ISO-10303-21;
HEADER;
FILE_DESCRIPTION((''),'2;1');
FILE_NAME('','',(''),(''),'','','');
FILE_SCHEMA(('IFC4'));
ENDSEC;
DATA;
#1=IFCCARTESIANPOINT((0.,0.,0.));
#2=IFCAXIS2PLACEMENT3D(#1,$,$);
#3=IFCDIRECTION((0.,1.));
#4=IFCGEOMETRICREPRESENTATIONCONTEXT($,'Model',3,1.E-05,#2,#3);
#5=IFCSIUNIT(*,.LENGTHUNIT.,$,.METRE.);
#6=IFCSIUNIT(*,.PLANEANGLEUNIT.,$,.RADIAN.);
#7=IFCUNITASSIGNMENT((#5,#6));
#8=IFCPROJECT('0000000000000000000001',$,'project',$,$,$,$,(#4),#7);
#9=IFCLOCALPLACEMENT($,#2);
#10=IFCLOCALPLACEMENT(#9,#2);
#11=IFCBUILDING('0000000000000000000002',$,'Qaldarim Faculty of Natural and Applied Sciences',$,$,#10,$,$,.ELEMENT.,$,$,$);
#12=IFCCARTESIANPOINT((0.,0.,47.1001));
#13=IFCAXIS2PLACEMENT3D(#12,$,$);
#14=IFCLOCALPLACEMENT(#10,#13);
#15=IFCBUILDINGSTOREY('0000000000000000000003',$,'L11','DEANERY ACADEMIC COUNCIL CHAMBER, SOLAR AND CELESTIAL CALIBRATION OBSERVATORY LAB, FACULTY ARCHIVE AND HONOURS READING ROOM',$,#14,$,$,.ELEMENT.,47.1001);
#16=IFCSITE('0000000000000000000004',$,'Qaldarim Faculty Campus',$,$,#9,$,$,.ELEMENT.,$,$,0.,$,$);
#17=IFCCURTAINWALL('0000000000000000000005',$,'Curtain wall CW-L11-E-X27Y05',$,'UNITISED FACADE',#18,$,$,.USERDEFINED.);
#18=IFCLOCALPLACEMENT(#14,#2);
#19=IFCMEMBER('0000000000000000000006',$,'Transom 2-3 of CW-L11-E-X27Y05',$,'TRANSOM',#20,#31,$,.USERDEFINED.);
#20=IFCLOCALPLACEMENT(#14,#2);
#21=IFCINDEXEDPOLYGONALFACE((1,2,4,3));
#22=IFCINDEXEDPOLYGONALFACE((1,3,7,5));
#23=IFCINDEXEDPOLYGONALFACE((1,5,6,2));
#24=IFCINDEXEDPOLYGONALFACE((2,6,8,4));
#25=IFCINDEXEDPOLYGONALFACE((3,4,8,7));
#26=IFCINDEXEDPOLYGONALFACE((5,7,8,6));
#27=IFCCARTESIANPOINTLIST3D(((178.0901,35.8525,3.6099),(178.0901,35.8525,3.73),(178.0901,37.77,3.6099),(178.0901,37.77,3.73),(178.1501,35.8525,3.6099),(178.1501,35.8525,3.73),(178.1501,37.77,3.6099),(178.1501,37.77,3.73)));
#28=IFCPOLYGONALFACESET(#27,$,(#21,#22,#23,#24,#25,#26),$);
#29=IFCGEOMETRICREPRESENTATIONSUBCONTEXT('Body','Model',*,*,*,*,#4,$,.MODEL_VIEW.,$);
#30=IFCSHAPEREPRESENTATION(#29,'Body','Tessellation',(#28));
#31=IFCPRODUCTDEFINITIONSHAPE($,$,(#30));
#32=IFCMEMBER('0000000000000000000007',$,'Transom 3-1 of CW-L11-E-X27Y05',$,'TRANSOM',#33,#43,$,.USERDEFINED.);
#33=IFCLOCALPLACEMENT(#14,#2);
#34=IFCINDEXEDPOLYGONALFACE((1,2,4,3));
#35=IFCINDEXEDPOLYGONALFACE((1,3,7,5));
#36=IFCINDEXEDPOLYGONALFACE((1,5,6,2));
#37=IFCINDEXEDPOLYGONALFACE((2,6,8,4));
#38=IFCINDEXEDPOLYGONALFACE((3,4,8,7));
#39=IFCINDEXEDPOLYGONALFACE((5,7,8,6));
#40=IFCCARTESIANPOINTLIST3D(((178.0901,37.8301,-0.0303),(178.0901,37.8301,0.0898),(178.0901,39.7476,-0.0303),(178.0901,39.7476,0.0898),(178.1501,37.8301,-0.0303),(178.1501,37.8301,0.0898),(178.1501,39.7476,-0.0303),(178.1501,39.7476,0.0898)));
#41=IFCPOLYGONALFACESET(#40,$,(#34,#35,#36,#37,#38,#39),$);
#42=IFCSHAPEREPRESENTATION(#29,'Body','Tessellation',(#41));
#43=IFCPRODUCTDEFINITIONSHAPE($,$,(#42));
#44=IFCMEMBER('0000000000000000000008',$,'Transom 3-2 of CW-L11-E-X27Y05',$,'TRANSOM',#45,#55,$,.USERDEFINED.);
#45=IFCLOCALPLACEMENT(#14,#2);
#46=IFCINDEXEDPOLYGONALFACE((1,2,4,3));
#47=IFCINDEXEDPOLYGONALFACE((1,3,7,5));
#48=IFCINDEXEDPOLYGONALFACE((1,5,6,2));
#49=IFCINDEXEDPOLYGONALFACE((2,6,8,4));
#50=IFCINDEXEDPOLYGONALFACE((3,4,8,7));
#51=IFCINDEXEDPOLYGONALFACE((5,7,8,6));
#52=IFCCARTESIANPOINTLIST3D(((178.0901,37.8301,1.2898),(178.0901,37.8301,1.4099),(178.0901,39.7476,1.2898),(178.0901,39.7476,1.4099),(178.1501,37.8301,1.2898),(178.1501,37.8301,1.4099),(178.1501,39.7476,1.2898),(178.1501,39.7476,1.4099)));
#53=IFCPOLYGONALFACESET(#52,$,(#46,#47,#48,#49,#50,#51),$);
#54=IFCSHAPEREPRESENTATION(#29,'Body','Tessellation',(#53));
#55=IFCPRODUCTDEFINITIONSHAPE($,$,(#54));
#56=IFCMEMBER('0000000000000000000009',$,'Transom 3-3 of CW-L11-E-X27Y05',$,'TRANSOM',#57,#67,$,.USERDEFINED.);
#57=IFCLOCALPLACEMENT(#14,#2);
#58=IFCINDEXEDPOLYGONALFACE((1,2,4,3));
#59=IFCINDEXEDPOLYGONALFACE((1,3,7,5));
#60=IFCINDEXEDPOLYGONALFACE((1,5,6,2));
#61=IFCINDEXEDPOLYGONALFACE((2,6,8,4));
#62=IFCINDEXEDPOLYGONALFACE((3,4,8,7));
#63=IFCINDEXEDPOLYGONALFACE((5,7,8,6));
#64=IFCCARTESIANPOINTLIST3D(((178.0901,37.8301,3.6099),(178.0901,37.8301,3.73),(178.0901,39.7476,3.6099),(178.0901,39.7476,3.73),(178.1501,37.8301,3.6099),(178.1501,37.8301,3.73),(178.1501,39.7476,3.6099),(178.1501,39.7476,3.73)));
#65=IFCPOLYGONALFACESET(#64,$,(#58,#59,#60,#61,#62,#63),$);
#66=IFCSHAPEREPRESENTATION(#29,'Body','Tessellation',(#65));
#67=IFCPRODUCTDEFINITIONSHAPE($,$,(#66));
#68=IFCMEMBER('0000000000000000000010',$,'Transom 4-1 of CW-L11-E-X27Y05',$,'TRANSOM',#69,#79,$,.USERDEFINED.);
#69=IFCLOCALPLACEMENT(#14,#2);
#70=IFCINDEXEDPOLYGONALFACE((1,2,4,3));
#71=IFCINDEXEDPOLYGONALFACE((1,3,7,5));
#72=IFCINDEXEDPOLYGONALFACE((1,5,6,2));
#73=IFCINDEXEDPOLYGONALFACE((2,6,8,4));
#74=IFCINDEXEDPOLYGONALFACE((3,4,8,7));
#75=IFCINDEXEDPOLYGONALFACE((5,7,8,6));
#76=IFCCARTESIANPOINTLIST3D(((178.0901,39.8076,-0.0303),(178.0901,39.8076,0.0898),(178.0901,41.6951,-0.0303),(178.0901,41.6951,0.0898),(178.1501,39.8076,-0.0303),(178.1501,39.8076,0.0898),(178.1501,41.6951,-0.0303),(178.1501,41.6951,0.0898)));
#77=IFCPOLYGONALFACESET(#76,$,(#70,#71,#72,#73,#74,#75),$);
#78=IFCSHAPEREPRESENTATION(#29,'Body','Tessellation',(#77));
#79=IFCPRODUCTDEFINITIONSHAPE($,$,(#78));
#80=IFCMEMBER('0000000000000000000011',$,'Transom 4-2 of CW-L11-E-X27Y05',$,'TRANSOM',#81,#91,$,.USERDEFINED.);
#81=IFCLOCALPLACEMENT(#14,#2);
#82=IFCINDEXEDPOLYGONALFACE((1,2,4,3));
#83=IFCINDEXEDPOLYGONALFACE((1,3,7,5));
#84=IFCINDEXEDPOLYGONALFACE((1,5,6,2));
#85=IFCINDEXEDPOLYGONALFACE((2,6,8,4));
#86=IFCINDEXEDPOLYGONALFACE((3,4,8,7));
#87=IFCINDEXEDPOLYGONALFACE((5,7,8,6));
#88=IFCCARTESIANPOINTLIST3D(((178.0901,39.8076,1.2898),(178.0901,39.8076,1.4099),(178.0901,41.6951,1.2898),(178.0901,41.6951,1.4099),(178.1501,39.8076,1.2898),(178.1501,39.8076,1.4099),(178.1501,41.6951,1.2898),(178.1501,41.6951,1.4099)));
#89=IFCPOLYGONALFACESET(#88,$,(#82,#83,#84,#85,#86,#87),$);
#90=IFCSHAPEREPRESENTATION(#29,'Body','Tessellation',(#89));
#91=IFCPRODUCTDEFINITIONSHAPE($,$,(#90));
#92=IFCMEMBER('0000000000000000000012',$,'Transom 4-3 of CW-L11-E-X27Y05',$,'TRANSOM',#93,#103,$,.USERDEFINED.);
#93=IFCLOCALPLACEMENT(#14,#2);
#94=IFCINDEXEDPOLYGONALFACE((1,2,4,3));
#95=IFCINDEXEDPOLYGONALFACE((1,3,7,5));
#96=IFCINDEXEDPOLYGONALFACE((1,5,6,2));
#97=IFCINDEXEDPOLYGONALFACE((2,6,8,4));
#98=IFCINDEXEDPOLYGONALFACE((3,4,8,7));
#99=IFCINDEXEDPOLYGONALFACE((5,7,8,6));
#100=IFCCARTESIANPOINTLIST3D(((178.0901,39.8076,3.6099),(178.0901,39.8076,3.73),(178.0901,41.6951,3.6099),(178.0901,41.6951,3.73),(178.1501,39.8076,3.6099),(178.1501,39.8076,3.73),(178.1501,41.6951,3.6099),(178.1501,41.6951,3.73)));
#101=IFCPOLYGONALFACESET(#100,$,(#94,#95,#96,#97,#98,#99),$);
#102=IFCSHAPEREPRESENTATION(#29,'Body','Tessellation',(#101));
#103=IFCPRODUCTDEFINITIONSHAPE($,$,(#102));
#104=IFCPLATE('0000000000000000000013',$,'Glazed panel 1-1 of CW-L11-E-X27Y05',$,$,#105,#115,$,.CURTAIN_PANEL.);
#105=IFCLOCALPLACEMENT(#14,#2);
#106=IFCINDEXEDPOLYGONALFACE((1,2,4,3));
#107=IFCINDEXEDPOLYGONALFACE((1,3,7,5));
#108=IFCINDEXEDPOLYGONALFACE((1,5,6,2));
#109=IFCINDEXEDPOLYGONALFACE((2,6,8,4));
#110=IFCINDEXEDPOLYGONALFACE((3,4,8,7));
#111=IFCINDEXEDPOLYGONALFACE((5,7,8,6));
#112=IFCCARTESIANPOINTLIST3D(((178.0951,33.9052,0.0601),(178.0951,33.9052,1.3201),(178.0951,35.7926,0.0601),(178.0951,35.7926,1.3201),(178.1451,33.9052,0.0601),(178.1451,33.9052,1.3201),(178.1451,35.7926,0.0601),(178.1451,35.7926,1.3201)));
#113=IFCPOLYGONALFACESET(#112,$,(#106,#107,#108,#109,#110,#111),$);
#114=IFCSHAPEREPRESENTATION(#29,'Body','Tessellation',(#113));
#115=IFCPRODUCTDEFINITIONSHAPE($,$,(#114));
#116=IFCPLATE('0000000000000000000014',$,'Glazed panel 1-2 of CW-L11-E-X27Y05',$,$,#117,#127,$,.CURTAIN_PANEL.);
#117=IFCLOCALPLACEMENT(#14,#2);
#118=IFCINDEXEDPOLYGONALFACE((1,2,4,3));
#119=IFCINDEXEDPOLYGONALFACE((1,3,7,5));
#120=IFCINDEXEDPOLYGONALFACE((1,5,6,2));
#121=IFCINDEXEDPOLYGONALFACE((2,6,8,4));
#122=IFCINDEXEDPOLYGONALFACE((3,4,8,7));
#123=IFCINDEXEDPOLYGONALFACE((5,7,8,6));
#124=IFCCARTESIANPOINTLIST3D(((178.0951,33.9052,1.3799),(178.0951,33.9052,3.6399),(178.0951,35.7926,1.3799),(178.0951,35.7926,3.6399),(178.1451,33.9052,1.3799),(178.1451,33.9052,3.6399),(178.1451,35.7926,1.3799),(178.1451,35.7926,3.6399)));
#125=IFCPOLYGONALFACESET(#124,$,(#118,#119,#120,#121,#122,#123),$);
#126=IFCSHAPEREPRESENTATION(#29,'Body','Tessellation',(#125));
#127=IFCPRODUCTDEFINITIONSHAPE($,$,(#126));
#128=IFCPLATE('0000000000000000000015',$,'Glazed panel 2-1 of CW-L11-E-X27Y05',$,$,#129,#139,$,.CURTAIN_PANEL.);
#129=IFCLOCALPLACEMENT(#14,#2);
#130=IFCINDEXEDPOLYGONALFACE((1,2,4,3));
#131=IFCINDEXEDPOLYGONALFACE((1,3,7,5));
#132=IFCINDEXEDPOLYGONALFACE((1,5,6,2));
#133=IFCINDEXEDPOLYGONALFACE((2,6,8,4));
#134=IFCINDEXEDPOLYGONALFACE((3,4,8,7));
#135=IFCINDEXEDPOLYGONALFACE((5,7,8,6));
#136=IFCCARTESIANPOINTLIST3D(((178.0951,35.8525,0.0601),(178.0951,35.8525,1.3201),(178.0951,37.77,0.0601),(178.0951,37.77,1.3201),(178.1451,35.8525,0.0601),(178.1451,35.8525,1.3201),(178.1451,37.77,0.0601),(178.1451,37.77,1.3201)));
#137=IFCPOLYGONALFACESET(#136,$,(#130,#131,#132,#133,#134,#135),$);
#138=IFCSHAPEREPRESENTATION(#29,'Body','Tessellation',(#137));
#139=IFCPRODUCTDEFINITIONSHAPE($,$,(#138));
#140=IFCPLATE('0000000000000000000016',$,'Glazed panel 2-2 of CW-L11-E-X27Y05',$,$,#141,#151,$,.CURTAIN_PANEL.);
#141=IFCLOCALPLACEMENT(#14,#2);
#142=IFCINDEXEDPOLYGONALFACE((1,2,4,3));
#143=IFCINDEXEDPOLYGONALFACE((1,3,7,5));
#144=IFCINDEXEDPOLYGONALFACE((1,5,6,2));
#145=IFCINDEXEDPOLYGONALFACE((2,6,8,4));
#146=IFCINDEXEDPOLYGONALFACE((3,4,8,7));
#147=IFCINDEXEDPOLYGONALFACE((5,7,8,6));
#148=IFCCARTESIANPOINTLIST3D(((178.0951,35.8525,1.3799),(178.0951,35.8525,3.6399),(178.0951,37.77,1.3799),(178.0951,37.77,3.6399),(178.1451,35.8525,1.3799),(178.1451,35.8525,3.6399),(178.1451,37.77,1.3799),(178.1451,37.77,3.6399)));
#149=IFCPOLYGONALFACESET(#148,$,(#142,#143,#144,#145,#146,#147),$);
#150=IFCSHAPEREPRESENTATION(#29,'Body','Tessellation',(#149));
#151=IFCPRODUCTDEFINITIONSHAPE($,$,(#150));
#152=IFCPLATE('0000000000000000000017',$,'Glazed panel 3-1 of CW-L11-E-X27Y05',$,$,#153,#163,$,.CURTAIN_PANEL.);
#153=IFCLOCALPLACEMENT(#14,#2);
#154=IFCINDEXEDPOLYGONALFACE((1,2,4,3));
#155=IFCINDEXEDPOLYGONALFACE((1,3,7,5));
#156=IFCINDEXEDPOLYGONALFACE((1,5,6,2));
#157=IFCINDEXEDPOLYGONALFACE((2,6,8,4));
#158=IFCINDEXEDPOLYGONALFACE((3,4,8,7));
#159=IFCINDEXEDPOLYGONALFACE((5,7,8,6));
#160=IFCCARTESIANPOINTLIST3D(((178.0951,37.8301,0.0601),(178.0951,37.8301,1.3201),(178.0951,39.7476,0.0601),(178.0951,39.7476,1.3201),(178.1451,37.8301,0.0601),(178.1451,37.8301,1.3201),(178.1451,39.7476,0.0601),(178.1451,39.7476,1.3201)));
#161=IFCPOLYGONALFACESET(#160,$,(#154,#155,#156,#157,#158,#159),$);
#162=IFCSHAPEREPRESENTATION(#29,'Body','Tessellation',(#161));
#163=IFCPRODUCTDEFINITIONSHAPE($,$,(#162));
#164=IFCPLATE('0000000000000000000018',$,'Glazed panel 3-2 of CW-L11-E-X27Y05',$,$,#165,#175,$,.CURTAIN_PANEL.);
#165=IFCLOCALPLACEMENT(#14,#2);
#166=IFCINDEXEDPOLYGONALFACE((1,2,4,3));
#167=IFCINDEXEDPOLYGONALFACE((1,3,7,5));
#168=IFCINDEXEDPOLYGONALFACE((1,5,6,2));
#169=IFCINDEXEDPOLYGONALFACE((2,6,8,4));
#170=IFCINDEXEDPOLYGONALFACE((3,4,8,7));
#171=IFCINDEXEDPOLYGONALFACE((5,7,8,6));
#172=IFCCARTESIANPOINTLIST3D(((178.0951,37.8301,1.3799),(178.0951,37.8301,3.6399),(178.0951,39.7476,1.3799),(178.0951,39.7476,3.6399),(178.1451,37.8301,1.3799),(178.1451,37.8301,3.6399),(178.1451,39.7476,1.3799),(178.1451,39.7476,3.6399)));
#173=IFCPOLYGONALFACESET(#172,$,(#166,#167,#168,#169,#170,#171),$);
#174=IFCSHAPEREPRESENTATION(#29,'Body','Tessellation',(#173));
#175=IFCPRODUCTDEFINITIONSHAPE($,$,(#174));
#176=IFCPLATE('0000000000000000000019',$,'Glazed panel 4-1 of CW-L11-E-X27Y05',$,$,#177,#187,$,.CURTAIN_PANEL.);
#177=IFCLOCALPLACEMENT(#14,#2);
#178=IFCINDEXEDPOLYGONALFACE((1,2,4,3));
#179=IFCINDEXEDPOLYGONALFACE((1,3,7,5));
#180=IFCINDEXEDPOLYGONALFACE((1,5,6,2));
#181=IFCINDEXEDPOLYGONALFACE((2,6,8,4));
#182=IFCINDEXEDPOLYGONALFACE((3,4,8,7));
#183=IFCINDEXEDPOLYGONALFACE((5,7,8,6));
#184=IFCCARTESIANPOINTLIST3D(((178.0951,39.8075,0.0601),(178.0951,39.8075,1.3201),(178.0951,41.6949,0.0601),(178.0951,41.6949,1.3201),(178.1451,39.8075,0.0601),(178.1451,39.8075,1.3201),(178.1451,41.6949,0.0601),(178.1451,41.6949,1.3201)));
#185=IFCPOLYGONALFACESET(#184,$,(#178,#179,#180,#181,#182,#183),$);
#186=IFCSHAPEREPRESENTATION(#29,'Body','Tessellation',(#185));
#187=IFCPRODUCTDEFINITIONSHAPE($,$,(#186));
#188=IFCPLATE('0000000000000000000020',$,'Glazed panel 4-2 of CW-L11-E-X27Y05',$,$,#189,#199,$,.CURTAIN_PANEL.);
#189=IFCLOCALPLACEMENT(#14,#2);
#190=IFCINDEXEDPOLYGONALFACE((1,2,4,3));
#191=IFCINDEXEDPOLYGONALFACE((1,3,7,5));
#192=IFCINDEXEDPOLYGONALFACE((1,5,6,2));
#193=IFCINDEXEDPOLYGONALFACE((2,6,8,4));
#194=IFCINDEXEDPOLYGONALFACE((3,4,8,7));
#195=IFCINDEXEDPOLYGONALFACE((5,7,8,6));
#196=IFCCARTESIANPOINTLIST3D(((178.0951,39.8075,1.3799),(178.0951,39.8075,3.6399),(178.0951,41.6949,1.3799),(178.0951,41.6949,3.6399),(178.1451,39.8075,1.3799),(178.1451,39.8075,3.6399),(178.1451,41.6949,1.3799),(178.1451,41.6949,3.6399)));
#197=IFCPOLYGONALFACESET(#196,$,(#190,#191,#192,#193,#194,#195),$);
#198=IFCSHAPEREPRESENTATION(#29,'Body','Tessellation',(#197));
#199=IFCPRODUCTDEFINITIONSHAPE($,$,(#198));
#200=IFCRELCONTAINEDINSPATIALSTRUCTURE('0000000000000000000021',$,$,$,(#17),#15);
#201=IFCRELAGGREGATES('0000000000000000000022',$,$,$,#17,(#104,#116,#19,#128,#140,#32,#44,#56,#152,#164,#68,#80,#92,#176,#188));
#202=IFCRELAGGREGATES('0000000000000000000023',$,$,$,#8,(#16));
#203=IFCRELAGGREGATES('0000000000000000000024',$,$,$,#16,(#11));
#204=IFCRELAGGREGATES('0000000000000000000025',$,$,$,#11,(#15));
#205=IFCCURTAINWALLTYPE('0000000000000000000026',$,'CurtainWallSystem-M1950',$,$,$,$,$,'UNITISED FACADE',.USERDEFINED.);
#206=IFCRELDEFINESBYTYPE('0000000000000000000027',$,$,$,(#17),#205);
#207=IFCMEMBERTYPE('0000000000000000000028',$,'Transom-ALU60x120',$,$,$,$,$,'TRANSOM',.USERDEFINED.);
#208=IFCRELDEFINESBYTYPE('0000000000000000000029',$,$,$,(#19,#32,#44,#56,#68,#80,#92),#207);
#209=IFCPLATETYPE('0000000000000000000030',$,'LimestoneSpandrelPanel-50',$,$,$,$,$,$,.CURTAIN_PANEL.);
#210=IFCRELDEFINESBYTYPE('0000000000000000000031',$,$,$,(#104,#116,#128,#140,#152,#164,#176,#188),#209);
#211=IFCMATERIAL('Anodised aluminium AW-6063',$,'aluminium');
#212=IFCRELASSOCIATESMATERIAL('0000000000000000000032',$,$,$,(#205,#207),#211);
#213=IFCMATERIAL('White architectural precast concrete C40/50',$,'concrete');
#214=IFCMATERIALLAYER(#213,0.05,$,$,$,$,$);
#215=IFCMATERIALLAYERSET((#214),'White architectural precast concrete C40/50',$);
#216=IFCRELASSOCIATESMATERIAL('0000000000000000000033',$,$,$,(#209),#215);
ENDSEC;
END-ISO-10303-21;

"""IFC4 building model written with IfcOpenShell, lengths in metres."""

from ifc_helpers import new_model, si_unit, direction, frame, origin, origin_2d, place, context, subcontext, project, spatial, rectangle, extrude, material, layer, layer_set, material_profile, profile_set, type_object, element, aggregate, save


model = new_model("IFC4")

# Units and contexts
model_context = context("Model", 3, precision=1e-05, world=origin(), true_north=direction((0.0, 1.0)))
body_context = subcontext(model_context, "Body", "Model", "MODEL_VIEW")
ifc_project = project(units=[si_unit("LENGTHUNIT", "METRE"), si_unit("PLANEANGLEUNIT", "RADIAN")], contexts=[model_context])

# Site, building, storey
site_placement = place(None, origin())
site = spatial("IfcSite", under=ifc_project, at=site_placement, Name="Qaldarim Faculty Campus", CompositionType="ELEMENT", RefElevation=0.0)
building_placement = place(site_placement, origin())
building = spatial("IfcBuilding", under=site, at=building_placement, Name="Qaldarim Faculty of Natural and Applied Sciences", CompositionType="ELEMENT")
storey_placement = place(building_placement, frame((0.0, 0.0, 47.1001)))
storey = spatial("IfcBuildingStorey", under=building, at=storey_placement, Name="L11", Description="DEANERY ACADEMIC COUNCIL CHAMBER, SOLAR AND CELESTIAL CALIBRATION OBSERVATORY LAB, FACULTY ARCHIVE AND HONOURS READING ROOM", CompositionType="ELEMENT", Elevation=47.1001)

# Curtain wall
ifc_material_1 = material(Name="Anodised aluminium AW-6063", Category="aluminium")
curtain_wall_type = type_object("IfcCurtainWallType", Name="CurtainWallSystem-M1950", ElementType="UNITISED FACADE", PredefinedType="USERDEFINED", material=ifc_material_1)
curtain_wall_placement = place(storey_placement, origin())
curtain_wall = element("IfcCurtainWall", 1, at=curtain_wall_placement, inside=storey, type_object=curtain_wall_type, Name="Curtain wall CW-L11-E-X27Y05", ObjectType="UNITISED FACADE", PredefinedType="USERDEFINED")

# Members
ifc_material_profile_1 = material_profile(ifc_material_1, rectangle(XDim=0.0601, YDim=0.1201, at=origin_2d()), Name="ALU-T60x120")
ifc_profile_set_1 = profile_set([ifc_material_profile_1], Name="Anodised aluminium AW-6063")
member_type_1 = type_object("IfcMemberType", Name="Transom-ALU60x120", ElementType="TRANSOM", PredefinedType="USERDEFINED", material=ifc_profile_set_1)
member_1_placement = place(storey_placement, frame((178.1201, 35.8525, 3.6699), z_axis=(0.0, 1.0, 0.0), x_axis=(-1.0, 0.0, 0.0)))
member_1 = element("IfcMember", 2, at=member_1_placement, type_object=member_type_1, Name="Transom 2-3 of CW-L11-E-X27Y05", ObjectType="TRANSOM", PredefinedType="USERDEFINED", context=body_context, shape_type="SweptSolid", body=[
    extrude(rectangle(XDim=0.0601, YDim=0.1201, at=origin_2d()), origin(), (0.0, 0.0, 1.0), 1.9175),
])
member_2_placement = place(storey_placement, frame((178.1201, 37.8301, 0.0298), z_axis=(0.0, 1.0, 0.0), x_axis=(-1.0, 0.0, 0.0)))
member_2 = element("IfcMember", 3, at=member_2_placement, type_object=member_type_1, Name="Transom 3-1 of CW-L11-E-X27Y05", ObjectType="TRANSOM", PredefinedType="USERDEFINED", context=body_context, shape_type="SweptSolid", body=[
    extrude(rectangle(XDim=0.0601, YDim=0.1201, at=origin_2d()), origin(), (0.0, 0.0, 1.0), 1.9175),
])
member_3_placement = place(storey_placement, frame((178.1201, 37.8301, 1.3499), z_axis=(0.0, 1.0, 0.0), x_axis=(-1.0, 0.0, 0.0)))
member_3 = element("IfcMember", 4, at=member_3_placement, type_object=member_type_1, Name="Transom 3-2 of CW-L11-E-X27Y05", ObjectType="TRANSOM", PredefinedType="USERDEFINED", context=body_context, shape_type="SweptSolid", body=[
    extrude(rectangle(XDim=0.0601, YDim=0.1201, at=origin_2d()), origin(), (0.0, 0.0, 1.0), 1.9175),
])
member_4_placement = place(storey_placement, frame((178.1201, 37.8301, 3.6699), z_axis=(0.0, 1.0, 0.0), x_axis=(-1.0, 0.0, 0.0)))
member_4 = element("IfcMember", 5, at=member_4_placement, type_object=member_type_1, Name="Transom 3-3 of CW-L11-E-X27Y05", ObjectType="TRANSOM", PredefinedType="USERDEFINED", context=body_context, shape_type="SweptSolid", body=[
    extrude(rectangle(XDim=0.0601, YDim=0.1201, at=origin_2d()), origin(), (0.0, 0.0, 1.0), 1.9175),
])
member_5_placement = place(storey_placement, frame((178.1201, 39.8076, 0.0298), z_axis=(0.0, 1.0, 0.0), x_axis=(-1.0, 0.0, 0.0)))
member_5 = element("IfcMember", 6, at=member_5_placement, type_object=member_type_1, Name="Transom 4-1 of CW-L11-E-X27Y05", ObjectType="TRANSOM", PredefinedType="USERDEFINED", context=body_context, shape_type="SweptSolid", body=[
    extrude(rectangle(XDim=0.0601, YDim=0.1201, at=origin_2d()), origin(), (0.0, 0.0, 1.0), 1.8875),
])
member_6_placement = place(storey_placement, frame((178.1201, 39.8076, 1.3499), z_axis=(0.0, 1.0, 0.0), x_axis=(-1.0, 0.0, 0.0)))
member_6 = element("IfcMember", 7, at=member_6_placement, type_object=member_type_1, Name="Transom 4-2 of CW-L11-E-X27Y05", ObjectType="TRANSOM", PredefinedType="USERDEFINED", context=body_context, shape_type="SweptSolid", body=[
    extrude(rectangle(XDim=0.0601, YDim=0.1201, at=origin_2d()), origin(), (0.0, 0.0, 1.0), 1.8875),
])
member_7_placement = place(storey_placement, frame((178.1201, 39.8076, 3.6699), z_axis=(0.0, 1.0, 0.0), x_axis=(-1.0, 0.0, 0.0)))
member_7 = element("IfcMember", 8, at=member_7_placement, type_object=member_type_1, Name="Transom 4-3 of CW-L11-E-X27Y05", ObjectType="TRANSOM", PredefinedType="USERDEFINED", context=body_context, shape_type="SweptSolid", body=[
    extrude(rectangle(XDim=0.0601, YDim=0.1201, at=origin_2d()), origin(), (0.0, 0.0, 1.0), 1.8875),
])

# Plates
ifc_material_2 = material(Name="White architectural precast concrete C40/50", Category="concrete")
ifc_layer_1 = layer(ifc_material_2, 0.05)
ifc_layer_set_1 = layer_set([ifc_layer_1], Name="White architectural precast concrete C40/50")
plate_type = type_object("IfcPlateType", Name="LimestoneSpandrelPanel-50", PredefinedType="CURTAIN_PANEL", material=ifc_layer_set_1)
plate_1_placement = place(storey_placement, frame((178.1201, 34.8489, 0.0601), z_axis=(0.0, 0.0, 1.0), x_axis=(0.0, 1.0, 0.0)))
plate_1 = element("IfcPlate", 9, at=plate_1_placement, type_object=plate_type, Name="Glazed panel 1-1 of CW-L11-E-X27Y05", PredefinedType="CURTAIN_PANEL", context=body_context, shape_type="SweptSolid", body=[
    extrude(rectangle(XDim=1.8875, YDim=0.05, at=origin_2d()), origin(), (0.0, 0.0, 1.0), 1.26),
])
plate_2_placement = place(storey_placement, frame((178.1201, 34.8489, 1.3799), z_axis=(0.0, 0.0, 1.0), x_axis=(0.0, 1.0, 0.0)))
plate_2 = element("IfcPlate", 10, at=plate_2_placement, type_object=plate_type, Name="Glazed panel 1-2 of CW-L11-E-X27Y05", PredefinedType="CURTAIN_PANEL", context=body_context, shape_type="SweptSolid", body=[
    extrude(rectangle(XDim=1.8875, YDim=0.05, at=origin_2d()), origin(), (0.0, 0.0, 1.0), 2.26),
])
plate_3_placement = place(storey_placement, frame((178.1201, 36.8113, 0.0601), z_axis=(0.0, 0.0, 1.0), x_axis=(0.0, 1.0, 0.0)))
plate_3 = element("IfcPlate", 11, at=plate_3_placement, type_object=plate_type, Name="Glazed panel 2-1 of CW-L11-E-X27Y05", PredefinedType="CURTAIN_PANEL", context=body_context, shape_type="SweptSolid", body=[
    extrude(rectangle(XDim=1.9175, YDim=0.05, at=origin_2d()), origin(), (0.0, 0.0, 1.0), 1.26),
])
plate_4_placement = place(storey_placement, frame((178.1201, 36.8113, 1.3799), z_axis=(0.0, 0.0, 1.0), x_axis=(0.0, 1.0, 0.0)))
plate_4 = element("IfcPlate", 12, at=plate_4_placement, type_object=plate_type, Name="Glazed panel 2-2 of CW-L11-E-X27Y05", PredefinedType="CURTAIN_PANEL", context=body_context, shape_type="SweptSolid", body=[
    extrude(rectangle(XDim=1.9175, YDim=0.05, at=origin_2d()), origin(), (0.0, 0.0, 1.0), 2.26),
])
plate_5_placement = place(storey_placement, frame((178.1201, 38.7888, 0.0601), z_axis=(0.0, 0.0, 1.0), x_axis=(0.0, 1.0, 0.0)))
plate_5 = element("IfcPlate", 13, at=plate_5_placement, type_object=plate_type, Name="Glazed panel 3-1 of CW-L11-E-X27Y05", PredefinedType="CURTAIN_PANEL", context=body_context, shape_type="SweptSolid", body=[
    extrude(rectangle(XDim=1.9175, YDim=0.05, at=origin_2d()), origin(), (0.0, 0.0, 1.0), 1.26),
])
plate_6_placement = place(storey_placement, frame((178.1201, 38.7888, 1.3799), z_axis=(0.0, 0.0, 1.0), x_axis=(0.0, 1.0, 0.0)))
plate_6 = element("IfcPlate", 14, at=plate_6_placement, type_object=plate_type, Name="Glazed panel 3-2 of CW-L11-E-X27Y05", PredefinedType="CURTAIN_PANEL", context=body_context, shape_type="SweptSolid", body=[
    extrude(rectangle(XDim=1.9175, YDim=0.05, at=origin_2d()), origin(), (0.0, 0.0, 1.0), 2.26),
])
plate_7_placement = place(storey_placement, frame((178.1201, 40.7512, 0.0601), z_axis=(0.0, 0.0, 1.0), x_axis=(0.0, 1.0, 0.0)))
plate_7 = element("IfcPlate", 15, at=plate_7_placement, type_object=plate_type, Name="Glazed panel 4-1 of CW-L11-E-X27Y05", PredefinedType="CURTAIN_PANEL", context=body_context, shape_type="SweptSolid", body=[
    extrude(rectangle(XDim=1.8875, YDim=0.05, at=origin_2d()), origin(), (0.0, 0.0, 1.0), 1.26),
])
plate_8_placement = place(storey_placement, frame((178.1201, 40.7512, 1.3799), z_axis=(0.0, 0.0, 1.0), x_axis=(0.0, 1.0, 0.0)))
plate_8 = element("IfcPlate", 16, at=plate_8_placement, type_object=plate_type, Name="Glazed panel 4-2 of CW-L11-E-X27Y05", PredefinedType="CURTAIN_PANEL", context=body_context, shape_type="SweptSolid", body=[
    extrude(rectangle(XDim=1.8875, YDim=0.05, at=origin_2d()), origin(), (0.0, 0.0, 1.0), 2.26),
])
aggregate(curtain_wall, [plate_1, plate_2, member_1, plate_3, plate_4, member_2, member_3, member_4, plate_5, plate_6, member_5, member_6, member_7, plate_7, plate_8])

save(model, "model.ifc")
